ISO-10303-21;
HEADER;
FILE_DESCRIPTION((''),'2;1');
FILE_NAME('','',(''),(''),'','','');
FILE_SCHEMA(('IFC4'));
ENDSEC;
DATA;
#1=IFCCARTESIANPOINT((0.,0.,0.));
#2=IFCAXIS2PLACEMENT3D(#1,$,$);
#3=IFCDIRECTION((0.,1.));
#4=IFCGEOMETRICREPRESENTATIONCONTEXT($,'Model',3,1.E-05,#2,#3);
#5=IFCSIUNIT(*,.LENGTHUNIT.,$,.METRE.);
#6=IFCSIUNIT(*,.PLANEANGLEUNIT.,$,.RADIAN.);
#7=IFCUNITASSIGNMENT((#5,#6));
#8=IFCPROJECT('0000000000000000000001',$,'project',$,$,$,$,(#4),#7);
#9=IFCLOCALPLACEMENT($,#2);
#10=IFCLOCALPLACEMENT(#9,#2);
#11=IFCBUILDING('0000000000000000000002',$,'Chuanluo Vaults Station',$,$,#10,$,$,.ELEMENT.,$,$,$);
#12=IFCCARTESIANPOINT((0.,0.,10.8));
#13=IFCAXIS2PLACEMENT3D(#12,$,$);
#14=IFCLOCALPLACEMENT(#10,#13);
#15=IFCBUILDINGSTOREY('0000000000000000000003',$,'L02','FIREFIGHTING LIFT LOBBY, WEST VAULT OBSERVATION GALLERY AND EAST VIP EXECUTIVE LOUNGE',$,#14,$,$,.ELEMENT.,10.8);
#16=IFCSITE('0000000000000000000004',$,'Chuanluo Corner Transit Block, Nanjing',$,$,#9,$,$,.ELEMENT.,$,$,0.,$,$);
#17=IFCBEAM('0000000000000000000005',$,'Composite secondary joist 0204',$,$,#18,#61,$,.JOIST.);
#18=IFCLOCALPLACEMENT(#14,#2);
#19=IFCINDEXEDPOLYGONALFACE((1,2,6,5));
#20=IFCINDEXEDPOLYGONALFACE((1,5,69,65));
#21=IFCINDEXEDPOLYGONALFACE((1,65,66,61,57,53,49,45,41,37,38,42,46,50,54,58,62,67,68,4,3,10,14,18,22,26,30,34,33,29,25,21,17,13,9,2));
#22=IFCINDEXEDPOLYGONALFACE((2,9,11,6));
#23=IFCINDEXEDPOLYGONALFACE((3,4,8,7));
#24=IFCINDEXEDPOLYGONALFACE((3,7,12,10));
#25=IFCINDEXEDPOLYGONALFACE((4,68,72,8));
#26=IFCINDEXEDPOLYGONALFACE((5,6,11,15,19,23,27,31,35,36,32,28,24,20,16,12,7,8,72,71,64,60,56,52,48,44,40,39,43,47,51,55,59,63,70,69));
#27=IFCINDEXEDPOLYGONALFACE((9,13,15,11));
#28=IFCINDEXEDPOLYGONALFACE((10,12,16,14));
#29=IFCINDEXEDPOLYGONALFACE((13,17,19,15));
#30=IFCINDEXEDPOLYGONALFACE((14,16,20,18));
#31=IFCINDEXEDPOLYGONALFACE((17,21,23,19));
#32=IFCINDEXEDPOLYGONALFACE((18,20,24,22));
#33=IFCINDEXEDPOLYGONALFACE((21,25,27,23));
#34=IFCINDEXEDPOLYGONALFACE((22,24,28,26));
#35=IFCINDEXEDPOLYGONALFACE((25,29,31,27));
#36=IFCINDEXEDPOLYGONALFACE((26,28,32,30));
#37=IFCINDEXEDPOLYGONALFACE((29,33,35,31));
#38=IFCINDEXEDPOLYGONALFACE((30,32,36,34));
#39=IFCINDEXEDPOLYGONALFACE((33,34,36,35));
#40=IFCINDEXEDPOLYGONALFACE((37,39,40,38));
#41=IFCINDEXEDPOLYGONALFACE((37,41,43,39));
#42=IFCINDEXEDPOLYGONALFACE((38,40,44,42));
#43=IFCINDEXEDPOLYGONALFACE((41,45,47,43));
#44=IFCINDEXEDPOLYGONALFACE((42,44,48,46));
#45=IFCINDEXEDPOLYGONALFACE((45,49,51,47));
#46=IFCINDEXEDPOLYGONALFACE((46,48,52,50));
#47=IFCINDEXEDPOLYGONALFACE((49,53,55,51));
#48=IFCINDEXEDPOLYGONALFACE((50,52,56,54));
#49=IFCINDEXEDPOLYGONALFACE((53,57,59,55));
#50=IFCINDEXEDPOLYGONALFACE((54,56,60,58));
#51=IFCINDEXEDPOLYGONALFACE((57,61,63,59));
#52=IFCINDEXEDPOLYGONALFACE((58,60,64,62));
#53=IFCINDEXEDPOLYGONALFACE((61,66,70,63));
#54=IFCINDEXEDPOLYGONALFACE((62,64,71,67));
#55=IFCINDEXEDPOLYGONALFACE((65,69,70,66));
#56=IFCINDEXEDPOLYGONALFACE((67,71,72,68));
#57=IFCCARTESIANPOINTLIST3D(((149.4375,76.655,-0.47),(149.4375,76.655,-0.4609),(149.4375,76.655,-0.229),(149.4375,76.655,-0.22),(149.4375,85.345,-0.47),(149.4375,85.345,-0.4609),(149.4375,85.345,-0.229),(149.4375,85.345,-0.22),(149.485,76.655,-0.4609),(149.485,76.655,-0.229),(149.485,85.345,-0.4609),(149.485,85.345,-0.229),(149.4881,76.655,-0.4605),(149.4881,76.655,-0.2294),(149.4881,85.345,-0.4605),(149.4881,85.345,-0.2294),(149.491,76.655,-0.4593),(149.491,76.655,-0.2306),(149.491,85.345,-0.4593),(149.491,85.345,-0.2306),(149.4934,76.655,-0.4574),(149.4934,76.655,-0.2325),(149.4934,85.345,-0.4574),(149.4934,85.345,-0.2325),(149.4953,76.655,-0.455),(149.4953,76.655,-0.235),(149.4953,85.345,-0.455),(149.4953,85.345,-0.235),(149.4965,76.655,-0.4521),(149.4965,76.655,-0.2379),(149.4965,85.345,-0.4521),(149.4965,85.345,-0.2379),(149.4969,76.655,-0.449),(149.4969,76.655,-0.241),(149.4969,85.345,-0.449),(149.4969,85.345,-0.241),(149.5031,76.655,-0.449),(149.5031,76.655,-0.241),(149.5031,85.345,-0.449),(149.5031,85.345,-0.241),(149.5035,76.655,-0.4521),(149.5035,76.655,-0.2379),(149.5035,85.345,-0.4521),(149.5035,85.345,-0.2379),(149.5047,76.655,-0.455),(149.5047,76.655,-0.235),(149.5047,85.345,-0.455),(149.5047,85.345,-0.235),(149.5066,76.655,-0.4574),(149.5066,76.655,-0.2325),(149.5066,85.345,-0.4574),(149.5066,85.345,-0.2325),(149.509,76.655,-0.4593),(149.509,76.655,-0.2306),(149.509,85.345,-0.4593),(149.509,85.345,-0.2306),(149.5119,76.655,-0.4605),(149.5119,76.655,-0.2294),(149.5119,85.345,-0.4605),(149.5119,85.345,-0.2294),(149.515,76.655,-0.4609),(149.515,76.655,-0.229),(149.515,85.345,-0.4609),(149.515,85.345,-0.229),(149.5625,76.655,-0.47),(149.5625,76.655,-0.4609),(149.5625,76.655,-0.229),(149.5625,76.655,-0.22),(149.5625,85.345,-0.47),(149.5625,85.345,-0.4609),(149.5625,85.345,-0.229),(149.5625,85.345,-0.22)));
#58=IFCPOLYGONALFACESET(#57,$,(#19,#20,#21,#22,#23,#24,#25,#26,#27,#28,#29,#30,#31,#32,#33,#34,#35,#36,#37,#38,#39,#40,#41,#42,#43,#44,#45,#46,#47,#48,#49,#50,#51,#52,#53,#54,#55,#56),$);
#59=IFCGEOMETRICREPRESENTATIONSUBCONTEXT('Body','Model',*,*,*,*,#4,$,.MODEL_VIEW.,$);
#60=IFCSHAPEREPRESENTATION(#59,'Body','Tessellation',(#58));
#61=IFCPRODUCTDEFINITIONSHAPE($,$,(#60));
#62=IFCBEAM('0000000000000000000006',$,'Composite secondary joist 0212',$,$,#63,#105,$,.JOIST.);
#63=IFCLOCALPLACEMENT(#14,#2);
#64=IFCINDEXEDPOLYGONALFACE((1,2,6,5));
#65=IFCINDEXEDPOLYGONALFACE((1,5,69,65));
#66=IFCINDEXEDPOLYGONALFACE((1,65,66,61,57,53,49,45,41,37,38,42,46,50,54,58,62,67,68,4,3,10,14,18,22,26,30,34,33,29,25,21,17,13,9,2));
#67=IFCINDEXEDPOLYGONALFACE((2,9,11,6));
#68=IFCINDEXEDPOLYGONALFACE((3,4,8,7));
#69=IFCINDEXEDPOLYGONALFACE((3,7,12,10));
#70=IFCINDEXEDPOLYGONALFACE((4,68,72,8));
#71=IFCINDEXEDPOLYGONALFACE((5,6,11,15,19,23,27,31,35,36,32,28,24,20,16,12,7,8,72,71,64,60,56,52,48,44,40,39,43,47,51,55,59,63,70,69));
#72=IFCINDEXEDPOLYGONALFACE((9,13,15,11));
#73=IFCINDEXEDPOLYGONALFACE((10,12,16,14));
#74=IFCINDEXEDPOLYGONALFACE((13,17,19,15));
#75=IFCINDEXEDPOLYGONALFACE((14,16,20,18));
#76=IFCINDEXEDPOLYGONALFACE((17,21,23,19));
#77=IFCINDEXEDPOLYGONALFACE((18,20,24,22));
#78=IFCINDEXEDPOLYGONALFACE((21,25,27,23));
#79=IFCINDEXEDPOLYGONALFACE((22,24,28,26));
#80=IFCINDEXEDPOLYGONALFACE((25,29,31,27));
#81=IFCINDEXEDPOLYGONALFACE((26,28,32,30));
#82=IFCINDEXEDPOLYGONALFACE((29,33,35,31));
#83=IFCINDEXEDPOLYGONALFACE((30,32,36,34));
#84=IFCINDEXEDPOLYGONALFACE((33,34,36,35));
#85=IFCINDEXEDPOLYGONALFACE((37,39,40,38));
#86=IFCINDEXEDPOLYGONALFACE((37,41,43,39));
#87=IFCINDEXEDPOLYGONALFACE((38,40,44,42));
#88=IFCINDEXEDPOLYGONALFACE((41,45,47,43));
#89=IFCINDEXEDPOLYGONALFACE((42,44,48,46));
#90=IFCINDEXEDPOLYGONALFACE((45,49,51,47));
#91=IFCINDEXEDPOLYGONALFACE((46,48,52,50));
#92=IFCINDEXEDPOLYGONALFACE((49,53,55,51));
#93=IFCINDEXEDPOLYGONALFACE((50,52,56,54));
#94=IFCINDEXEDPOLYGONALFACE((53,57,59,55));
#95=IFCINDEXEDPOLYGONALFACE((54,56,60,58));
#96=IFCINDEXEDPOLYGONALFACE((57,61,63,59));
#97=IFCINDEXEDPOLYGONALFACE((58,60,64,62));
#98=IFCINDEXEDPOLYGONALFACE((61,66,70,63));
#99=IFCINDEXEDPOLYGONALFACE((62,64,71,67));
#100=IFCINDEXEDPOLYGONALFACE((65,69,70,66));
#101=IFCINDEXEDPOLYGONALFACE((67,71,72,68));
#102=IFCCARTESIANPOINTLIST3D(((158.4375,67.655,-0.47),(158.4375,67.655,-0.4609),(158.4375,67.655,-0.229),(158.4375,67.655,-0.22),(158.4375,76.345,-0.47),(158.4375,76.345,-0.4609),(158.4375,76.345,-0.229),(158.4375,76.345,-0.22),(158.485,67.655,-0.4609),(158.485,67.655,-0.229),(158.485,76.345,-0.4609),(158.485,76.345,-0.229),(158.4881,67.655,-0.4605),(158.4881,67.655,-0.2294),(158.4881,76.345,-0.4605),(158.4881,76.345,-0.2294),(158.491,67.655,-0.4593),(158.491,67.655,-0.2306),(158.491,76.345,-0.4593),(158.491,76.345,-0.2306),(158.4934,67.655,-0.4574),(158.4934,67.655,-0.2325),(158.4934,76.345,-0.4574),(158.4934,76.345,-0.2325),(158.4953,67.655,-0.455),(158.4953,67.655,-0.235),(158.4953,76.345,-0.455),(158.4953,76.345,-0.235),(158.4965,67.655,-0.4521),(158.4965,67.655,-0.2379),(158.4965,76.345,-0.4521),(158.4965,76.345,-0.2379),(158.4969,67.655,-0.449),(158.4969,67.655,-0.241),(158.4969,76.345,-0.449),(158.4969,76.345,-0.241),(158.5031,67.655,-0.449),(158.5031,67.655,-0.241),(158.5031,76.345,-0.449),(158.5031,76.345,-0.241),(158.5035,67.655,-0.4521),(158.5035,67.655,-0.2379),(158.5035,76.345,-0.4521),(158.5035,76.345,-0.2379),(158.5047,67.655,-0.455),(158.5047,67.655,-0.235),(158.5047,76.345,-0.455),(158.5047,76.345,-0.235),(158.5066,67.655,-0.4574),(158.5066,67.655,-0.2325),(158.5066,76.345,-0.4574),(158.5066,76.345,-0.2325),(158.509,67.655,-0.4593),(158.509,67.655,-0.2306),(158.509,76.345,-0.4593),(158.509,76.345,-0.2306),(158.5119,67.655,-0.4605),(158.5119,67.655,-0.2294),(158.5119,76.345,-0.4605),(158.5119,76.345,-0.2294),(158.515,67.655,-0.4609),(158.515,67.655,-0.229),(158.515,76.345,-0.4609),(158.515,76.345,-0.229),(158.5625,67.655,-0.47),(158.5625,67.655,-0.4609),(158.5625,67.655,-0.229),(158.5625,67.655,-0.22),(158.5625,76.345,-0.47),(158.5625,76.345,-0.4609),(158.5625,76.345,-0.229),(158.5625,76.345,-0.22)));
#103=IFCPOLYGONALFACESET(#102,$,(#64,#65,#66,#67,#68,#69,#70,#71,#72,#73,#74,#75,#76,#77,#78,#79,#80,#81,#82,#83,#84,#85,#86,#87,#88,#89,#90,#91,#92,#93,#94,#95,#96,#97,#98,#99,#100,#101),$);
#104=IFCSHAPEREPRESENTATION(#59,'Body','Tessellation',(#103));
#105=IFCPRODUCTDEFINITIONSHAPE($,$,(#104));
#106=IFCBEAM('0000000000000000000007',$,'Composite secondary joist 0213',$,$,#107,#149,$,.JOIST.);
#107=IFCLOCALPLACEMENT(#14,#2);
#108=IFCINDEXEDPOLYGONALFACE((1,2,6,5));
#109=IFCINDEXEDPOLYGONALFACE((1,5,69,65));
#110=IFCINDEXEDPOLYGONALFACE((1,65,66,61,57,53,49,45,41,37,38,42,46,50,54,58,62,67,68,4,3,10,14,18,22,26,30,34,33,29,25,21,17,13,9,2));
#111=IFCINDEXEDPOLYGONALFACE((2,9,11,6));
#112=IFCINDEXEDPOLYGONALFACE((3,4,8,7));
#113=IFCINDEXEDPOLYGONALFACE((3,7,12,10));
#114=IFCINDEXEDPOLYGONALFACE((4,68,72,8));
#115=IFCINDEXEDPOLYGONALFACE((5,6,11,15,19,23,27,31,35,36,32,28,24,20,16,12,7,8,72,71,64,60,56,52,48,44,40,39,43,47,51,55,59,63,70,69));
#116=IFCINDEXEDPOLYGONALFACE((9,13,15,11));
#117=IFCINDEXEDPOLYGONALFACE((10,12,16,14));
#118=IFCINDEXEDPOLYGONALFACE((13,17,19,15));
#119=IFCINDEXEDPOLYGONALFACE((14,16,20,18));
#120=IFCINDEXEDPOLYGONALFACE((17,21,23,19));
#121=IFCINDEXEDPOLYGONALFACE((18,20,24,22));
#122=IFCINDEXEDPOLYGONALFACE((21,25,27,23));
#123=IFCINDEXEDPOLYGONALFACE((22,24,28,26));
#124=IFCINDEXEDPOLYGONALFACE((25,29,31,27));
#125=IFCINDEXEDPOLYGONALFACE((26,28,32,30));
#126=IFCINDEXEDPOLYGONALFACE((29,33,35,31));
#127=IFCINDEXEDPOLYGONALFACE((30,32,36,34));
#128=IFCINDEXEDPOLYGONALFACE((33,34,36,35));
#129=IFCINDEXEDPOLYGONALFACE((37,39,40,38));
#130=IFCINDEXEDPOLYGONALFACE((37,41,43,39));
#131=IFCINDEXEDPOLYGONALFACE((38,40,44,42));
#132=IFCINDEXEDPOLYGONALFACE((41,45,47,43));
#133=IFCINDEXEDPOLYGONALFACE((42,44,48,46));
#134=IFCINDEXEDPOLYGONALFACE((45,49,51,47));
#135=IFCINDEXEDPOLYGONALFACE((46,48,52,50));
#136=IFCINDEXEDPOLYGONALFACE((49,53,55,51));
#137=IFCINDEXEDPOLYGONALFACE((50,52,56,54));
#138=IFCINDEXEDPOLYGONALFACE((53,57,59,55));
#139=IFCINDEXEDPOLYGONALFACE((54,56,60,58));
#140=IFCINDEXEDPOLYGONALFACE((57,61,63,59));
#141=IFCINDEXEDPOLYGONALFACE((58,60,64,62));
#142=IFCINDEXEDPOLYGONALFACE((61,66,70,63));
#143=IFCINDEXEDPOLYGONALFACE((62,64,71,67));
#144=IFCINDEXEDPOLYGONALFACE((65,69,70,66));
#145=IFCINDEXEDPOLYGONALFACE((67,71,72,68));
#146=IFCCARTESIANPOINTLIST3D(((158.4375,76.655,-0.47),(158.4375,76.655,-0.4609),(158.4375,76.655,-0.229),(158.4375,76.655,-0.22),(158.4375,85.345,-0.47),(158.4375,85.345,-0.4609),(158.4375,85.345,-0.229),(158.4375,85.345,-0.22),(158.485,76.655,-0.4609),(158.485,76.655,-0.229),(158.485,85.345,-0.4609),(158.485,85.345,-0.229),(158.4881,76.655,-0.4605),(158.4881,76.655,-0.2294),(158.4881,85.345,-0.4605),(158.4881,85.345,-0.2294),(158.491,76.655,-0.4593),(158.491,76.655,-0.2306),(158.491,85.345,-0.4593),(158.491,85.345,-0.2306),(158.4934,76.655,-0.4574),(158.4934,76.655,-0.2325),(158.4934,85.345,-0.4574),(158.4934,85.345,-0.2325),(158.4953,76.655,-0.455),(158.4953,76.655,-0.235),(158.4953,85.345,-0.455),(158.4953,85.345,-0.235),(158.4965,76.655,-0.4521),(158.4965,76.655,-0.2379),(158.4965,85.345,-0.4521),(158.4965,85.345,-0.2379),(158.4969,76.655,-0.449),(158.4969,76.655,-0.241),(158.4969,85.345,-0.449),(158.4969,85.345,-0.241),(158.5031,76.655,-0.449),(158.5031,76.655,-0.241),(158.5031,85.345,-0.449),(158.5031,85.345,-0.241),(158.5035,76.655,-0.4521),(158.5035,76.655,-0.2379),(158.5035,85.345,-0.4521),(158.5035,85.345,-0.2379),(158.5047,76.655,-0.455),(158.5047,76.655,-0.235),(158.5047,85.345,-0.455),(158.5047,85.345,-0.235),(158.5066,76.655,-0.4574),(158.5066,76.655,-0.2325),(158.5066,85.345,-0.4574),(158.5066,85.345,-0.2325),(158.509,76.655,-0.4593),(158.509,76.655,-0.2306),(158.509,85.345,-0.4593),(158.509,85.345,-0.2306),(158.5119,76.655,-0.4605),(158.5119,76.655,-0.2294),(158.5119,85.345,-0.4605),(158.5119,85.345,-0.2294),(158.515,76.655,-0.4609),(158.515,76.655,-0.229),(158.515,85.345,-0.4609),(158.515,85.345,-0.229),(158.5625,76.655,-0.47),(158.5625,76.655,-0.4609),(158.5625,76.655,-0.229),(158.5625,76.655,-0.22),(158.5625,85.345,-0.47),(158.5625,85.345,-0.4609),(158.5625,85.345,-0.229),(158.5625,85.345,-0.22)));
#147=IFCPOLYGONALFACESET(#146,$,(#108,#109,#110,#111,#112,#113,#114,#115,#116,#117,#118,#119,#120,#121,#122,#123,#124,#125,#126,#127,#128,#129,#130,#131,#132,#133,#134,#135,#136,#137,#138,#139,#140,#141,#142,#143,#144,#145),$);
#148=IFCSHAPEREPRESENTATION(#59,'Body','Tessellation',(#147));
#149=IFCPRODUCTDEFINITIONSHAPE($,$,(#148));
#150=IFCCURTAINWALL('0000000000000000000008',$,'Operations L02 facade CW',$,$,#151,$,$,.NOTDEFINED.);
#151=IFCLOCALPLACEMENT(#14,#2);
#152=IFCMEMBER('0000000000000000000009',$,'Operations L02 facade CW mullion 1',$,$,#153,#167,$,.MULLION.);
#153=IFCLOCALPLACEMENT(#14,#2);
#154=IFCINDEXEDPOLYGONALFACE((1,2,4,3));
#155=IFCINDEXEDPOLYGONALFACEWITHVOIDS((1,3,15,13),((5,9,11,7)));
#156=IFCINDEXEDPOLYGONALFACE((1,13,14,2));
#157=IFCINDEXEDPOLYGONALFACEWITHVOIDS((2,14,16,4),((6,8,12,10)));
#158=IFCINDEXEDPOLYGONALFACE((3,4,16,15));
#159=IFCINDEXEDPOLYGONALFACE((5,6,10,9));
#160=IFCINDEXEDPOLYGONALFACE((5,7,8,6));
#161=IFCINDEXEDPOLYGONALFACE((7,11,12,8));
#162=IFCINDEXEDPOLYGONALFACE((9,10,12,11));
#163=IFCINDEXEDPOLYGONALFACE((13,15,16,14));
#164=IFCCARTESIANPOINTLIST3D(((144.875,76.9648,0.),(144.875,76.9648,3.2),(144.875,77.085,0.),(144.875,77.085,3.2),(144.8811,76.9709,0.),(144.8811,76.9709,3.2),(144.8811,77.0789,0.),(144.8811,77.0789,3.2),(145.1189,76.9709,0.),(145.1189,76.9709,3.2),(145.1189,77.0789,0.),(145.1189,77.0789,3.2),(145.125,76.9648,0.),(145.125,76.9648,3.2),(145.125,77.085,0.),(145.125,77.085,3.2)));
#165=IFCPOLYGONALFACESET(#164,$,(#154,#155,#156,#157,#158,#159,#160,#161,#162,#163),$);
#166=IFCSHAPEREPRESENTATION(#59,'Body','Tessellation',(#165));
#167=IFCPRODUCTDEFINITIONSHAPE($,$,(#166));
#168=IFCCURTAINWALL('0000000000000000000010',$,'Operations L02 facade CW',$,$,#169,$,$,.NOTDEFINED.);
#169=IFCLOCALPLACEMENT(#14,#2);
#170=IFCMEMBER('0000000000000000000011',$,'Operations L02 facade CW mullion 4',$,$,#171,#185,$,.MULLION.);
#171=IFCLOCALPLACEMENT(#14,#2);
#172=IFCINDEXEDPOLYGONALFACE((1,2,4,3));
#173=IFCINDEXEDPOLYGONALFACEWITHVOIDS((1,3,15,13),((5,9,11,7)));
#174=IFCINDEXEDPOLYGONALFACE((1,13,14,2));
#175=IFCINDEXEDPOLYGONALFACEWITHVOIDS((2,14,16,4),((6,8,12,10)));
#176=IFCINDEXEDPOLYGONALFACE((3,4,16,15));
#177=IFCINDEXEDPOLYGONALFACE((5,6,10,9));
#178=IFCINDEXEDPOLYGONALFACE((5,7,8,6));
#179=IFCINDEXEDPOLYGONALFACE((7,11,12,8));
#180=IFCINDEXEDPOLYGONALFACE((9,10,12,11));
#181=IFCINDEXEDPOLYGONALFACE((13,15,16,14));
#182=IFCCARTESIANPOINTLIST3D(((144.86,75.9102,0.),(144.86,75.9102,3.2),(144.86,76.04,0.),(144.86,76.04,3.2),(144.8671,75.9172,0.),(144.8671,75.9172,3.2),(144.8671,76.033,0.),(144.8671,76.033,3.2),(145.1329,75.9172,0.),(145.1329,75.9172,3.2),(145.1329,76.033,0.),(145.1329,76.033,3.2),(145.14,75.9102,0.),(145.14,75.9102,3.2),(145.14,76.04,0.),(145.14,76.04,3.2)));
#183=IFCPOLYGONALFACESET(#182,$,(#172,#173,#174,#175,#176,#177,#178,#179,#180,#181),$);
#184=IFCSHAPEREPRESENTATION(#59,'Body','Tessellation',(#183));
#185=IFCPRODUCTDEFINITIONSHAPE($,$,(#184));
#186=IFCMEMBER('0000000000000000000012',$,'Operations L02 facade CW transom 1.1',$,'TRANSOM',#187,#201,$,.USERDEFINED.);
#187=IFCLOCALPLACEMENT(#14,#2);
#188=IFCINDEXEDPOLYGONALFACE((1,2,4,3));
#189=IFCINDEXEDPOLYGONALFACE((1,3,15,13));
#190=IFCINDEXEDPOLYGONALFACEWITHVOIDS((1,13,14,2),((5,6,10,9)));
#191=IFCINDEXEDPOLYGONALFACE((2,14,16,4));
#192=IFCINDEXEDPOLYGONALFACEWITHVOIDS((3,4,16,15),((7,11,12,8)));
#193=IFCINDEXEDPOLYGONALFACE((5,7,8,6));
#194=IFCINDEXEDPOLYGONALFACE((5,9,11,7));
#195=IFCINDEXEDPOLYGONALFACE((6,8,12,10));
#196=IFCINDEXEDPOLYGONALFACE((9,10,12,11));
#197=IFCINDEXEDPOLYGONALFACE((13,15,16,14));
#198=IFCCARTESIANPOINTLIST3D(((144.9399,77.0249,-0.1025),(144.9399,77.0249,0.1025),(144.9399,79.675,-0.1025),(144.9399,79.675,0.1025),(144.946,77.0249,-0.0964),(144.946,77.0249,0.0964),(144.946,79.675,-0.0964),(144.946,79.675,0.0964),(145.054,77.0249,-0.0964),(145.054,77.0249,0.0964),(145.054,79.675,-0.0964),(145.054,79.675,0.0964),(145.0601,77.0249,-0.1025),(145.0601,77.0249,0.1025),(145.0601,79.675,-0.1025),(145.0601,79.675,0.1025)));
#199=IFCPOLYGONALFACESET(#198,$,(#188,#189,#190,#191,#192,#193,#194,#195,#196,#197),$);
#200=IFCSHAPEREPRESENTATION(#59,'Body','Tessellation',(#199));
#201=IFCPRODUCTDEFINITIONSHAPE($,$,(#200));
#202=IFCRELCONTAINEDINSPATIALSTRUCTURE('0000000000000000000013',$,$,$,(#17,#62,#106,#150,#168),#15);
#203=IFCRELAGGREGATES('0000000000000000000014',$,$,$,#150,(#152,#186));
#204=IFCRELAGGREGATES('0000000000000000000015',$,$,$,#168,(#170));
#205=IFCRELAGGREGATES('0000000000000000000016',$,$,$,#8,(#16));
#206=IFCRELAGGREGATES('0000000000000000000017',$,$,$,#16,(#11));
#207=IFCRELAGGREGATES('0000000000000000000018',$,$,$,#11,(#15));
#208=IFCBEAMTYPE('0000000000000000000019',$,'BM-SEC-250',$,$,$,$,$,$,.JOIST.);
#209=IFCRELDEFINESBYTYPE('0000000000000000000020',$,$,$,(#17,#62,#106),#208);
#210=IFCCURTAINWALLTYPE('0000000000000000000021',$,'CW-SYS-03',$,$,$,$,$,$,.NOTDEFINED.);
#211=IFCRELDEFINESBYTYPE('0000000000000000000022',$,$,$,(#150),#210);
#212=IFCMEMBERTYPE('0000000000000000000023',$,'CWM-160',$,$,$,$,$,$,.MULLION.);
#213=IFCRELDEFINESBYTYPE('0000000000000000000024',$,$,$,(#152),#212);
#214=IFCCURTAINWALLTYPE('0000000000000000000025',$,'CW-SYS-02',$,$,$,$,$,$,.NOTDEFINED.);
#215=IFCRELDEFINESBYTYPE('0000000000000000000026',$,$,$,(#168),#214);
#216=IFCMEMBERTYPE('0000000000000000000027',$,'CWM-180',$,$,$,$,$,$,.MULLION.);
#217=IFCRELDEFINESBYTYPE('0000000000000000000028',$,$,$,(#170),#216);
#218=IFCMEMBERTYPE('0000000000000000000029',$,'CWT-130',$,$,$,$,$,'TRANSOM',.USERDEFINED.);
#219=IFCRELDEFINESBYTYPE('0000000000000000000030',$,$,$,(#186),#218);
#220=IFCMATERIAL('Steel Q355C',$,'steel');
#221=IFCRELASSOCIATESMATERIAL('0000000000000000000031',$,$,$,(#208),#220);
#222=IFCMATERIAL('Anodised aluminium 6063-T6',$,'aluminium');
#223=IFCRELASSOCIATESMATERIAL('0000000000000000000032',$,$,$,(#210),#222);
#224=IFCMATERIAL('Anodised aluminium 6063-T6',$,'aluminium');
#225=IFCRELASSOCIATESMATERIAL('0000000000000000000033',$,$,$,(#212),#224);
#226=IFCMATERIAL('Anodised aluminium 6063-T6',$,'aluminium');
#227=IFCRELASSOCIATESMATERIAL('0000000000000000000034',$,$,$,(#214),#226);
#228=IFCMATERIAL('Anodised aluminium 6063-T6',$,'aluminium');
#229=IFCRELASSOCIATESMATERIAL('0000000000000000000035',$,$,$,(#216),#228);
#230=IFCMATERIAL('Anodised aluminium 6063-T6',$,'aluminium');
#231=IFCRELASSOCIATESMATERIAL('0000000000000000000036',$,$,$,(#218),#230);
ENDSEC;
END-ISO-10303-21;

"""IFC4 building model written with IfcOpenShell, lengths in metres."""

from ifc_helpers import new_model, si_unit, direction, frame, origin, origin_2d, place, context, subcontext, project, spatial, hollow_rectangle, i_section, extrude, material, material_profile, profile_set, type_object, element, aggregate, save


model = new_model("IFC4")

# Units and contexts
model_context = context("Model", 3, precision=1e-05, world=origin(), true_north=direction((0.0, 1.0)))
body_context = subcontext(model_context, "Body", "Model", "MODEL_VIEW")
ifc_project = project(units=[si_unit("LENGTHUNIT", "METRE"), si_unit("PLANEANGLEUNIT", "RADIAN")], contexts=[model_context])

# Site, building, storey
site_placement = place(None, origin())
site = spatial("IfcSite", under=ifc_project, at=site_placement, Name="Chuanluo Corner Transit Block, Nanjing", CompositionType="ELEMENT", RefElevation=0.0)
building_placement = place(site_placement, origin())
building = spatial("IfcBuilding", under=site, at=building_placement, Name="Chuanluo Vaults Station", CompositionType="ELEMENT")
storey_placement = place(building_placement, frame((0.0, 0.0, 10.8)))
storey = spatial("IfcBuildingStorey", under=building, at=storey_placement, Name="L02", Description="FIREFIGHTING LIFT LOBBY, WEST VAULT OBSERVATION GALLERY AND EAST VIP EXECUTIVE LOUNGE", CompositionType="ELEMENT", Elevation=10.8)

# Beams
ifc_material_1 = material(Name="Steel Q355C", Category="steel")
ifc_material_profile_1 = material_profile(ifc_material_1, i_section(OverallWidth=0.125, OverallDepth=0.25, WebThickness=0.0061, FlangeThickness=0.009, FilletRadius=0.012, at=origin_2d()))
ifc_profile_set_1 = profile_set([ifc_material_profile_1], Name="Steel Q355C")
beam_type_1 = type_object("IfcBeamType", Name="BM-SEC-250", PredefinedType="JOIST", material=ifc_profile_set_1)
for number, where, z_axis, x_axis, name in (
    (1, (149.5, 76.655, -0.345), (0.0, 1.0, 0.0), (-1.0, 0.0, 0.0), "Composite secondary joist 0204"),
    (2, (158.5, 67.655, -0.345), (0.0, 1.0, 0.0), (-1.0, 0.0, 0.0), "Composite secondary joist 0212"),
    (3, (158.5, 76.655, -0.345), (0.0, 1.0, 0.0), (-1.0, 0.0, 0.0), "Composite secondary joist 0213"),
):
    element("IfcBeam", number, at=place(storey_placement, frame(where, z_axis=z_axis, x_axis=x_axis)), inside=storey, type_object=beam_type_1, Name=name, PredefinedType="JOIST", context=body_context, shape_type="SweptSolid", body=[
        extrude(i_section(OverallWidth=0.125, OverallDepth=0.25, WebThickness=0.0061, FlangeThickness=0.009, FilletRadius=0.012, at=origin_2d()), origin(), (0.0, 0.0, 1.0), 8.6899),
    ])

# Curtain walls, members
ifc_material_2 = material(Name="Anodised aluminium 6063-T6", Category="aluminium")
curtain_wall_type_1 = type_object("IfcCurtainWallType", Name="CW-SYS-03", PredefinedType="NOTDEFINED", material=ifc_material_2)
curtain_wall_1_placement = place(storey_placement, origin())
curtain_wall_1 = element("IfcCurtainWall", 4, at=curtain_wall_1_placement, inside=storey, type_object=curtain_wall_type_1, Name="Operations L02 facade CW", PredefinedType="NOTDEFINED")
ifc_material_3 = material(Name="Anodised aluminium 6063-T6", Category="aluminium")
ifc_material_profile_2 = material_profile(ifc_material_3, hollow_rectangle(XDim=0.1201, YDim=0.25, WallThickness=0.0061, at=origin_2d()))
ifc_profile_set_2 = profile_set([ifc_material_profile_2], Name="Anodised aluminium 6063-T6")
member_type_1 = type_object("IfcMemberType", Name="CWM-160", PredefinedType="MULLION", material=ifc_profile_set_2)
member_1_placement = place(storey_placement, frame((145.0, 77.0249, 0.0), z_axis=(0.0, 0.0, 1.0), x_axis=(0.0, 1.0, 0.0)))
member_1 = element("IfcMember", 5, at=member_1_placement, type_object=member_type_1, Name="Operations L02 facade CW mullion 1", PredefinedType="MULLION", context=body_context, shape_type="SweptSolid", body=[
    extrude(hollow_rectangle(XDim=0.1201, YDim=0.25, WallThickness=0.0061, at=origin_2d()), origin(), (0.0, 0.0, 1.0), 3.2),
])
ifc_material_4 = material(Name="Anodised aluminium 6063-T6", Category="aluminium")
curtain_wall_type_2 = type_object("IfcCurtainWallType", Name="CW-SYS-02", PredefinedType="NOTDEFINED", material=ifc_material_4)
curtain_wall_2_placement = place(storey_placement, origin())
curtain_wall_2 = element("IfcCurtainWall", 6, at=curtain_wall_2_placement, inside=storey, type_object=curtain_wall_type_2, Name="Operations L02 facade CW", PredefinedType="NOTDEFINED")
ifc_material_5 = material(Name="Anodised aluminium 6063-T6", Category="aluminium")
ifc_material_profile_3 = material_profile(ifc_material_5, hollow_rectangle(XDim=0.1299, YDim=0.28, WallThickness=0.0071, at=origin_2d()))
ifc_profile_set_3 = profile_set([ifc_material_profile_3], Name="Anodised aluminium 6063-T6")
member_type_2 = type_object("IfcMemberType", Name="CWM-180", PredefinedType="MULLION", material=ifc_profile_set_3)
member_2_placement = place(storey_placement, frame((145.0, 75.9751, 0.0), z_axis=(0.0, 0.0, 1.0), x_axis=(0.0, 1.0, 0.0)))
member_2 = element("IfcMember", 7, at=member_2_placement, type_object=member_type_2, Name="Operations L02 facade CW mullion 4", PredefinedType="MULLION", context=body_context, shape_type="SweptSolid", body=[
    extrude(hollow_rectangle(XDim=0.1299, YDim=0.28, WallThickness=0.0071, at=origin_2d()), origin(), (0.0, 0.0, 1.0), 3.2),
])

# Member
ifc_material_6 = material(Name="Anodised aluminium 6063-T6", Category="aluminium")
ifc_material_profile_4 = material_profile(ifc_material_6, hollow_rectangle(XDim=0.1201, YDim=0.2051, WallThickness=0.0061, at=origin_2d()))
ifc_profile_set_4 = profile_set([ifc_material_profile_4], Name="Anodised aluminium 6063-T6")
member_type_3 = type_object("IfcMemberType", Name="CWT-130", ElementType="TRANSOM", PredefinedType="USERDEFINED", material=ifc_profile_set_4)
member_3_placement = place(storey_placement, frame((145.0, 77.0249, 0.0), z_axis=(0.0, 1.0, 0.0), x_axis=(-1.0, 0.0, 0.0)))
member_3 = element("IfcMember", 8, at=member_3_placement, type_object=member_type_3, Name="Operations L02 facade CW transom 1.1", ObjectType="TRANSOM", PredefinedType="USERDEFINED", context=body_context, shape_type="SweptSolid", body=[
    extrude(hollow_rectangle(XDim=0.1201, YDim=0.2051, WallThickness=0.0061, at=origin_2d()), origin(), (0.0, 0.0, 1.0), 2.6501),
])

aggregate(curtain_wall_1, [member_1, member_3])
aggregate(curtain_wall_2, [member_2])

save(model, "model.ifc")
